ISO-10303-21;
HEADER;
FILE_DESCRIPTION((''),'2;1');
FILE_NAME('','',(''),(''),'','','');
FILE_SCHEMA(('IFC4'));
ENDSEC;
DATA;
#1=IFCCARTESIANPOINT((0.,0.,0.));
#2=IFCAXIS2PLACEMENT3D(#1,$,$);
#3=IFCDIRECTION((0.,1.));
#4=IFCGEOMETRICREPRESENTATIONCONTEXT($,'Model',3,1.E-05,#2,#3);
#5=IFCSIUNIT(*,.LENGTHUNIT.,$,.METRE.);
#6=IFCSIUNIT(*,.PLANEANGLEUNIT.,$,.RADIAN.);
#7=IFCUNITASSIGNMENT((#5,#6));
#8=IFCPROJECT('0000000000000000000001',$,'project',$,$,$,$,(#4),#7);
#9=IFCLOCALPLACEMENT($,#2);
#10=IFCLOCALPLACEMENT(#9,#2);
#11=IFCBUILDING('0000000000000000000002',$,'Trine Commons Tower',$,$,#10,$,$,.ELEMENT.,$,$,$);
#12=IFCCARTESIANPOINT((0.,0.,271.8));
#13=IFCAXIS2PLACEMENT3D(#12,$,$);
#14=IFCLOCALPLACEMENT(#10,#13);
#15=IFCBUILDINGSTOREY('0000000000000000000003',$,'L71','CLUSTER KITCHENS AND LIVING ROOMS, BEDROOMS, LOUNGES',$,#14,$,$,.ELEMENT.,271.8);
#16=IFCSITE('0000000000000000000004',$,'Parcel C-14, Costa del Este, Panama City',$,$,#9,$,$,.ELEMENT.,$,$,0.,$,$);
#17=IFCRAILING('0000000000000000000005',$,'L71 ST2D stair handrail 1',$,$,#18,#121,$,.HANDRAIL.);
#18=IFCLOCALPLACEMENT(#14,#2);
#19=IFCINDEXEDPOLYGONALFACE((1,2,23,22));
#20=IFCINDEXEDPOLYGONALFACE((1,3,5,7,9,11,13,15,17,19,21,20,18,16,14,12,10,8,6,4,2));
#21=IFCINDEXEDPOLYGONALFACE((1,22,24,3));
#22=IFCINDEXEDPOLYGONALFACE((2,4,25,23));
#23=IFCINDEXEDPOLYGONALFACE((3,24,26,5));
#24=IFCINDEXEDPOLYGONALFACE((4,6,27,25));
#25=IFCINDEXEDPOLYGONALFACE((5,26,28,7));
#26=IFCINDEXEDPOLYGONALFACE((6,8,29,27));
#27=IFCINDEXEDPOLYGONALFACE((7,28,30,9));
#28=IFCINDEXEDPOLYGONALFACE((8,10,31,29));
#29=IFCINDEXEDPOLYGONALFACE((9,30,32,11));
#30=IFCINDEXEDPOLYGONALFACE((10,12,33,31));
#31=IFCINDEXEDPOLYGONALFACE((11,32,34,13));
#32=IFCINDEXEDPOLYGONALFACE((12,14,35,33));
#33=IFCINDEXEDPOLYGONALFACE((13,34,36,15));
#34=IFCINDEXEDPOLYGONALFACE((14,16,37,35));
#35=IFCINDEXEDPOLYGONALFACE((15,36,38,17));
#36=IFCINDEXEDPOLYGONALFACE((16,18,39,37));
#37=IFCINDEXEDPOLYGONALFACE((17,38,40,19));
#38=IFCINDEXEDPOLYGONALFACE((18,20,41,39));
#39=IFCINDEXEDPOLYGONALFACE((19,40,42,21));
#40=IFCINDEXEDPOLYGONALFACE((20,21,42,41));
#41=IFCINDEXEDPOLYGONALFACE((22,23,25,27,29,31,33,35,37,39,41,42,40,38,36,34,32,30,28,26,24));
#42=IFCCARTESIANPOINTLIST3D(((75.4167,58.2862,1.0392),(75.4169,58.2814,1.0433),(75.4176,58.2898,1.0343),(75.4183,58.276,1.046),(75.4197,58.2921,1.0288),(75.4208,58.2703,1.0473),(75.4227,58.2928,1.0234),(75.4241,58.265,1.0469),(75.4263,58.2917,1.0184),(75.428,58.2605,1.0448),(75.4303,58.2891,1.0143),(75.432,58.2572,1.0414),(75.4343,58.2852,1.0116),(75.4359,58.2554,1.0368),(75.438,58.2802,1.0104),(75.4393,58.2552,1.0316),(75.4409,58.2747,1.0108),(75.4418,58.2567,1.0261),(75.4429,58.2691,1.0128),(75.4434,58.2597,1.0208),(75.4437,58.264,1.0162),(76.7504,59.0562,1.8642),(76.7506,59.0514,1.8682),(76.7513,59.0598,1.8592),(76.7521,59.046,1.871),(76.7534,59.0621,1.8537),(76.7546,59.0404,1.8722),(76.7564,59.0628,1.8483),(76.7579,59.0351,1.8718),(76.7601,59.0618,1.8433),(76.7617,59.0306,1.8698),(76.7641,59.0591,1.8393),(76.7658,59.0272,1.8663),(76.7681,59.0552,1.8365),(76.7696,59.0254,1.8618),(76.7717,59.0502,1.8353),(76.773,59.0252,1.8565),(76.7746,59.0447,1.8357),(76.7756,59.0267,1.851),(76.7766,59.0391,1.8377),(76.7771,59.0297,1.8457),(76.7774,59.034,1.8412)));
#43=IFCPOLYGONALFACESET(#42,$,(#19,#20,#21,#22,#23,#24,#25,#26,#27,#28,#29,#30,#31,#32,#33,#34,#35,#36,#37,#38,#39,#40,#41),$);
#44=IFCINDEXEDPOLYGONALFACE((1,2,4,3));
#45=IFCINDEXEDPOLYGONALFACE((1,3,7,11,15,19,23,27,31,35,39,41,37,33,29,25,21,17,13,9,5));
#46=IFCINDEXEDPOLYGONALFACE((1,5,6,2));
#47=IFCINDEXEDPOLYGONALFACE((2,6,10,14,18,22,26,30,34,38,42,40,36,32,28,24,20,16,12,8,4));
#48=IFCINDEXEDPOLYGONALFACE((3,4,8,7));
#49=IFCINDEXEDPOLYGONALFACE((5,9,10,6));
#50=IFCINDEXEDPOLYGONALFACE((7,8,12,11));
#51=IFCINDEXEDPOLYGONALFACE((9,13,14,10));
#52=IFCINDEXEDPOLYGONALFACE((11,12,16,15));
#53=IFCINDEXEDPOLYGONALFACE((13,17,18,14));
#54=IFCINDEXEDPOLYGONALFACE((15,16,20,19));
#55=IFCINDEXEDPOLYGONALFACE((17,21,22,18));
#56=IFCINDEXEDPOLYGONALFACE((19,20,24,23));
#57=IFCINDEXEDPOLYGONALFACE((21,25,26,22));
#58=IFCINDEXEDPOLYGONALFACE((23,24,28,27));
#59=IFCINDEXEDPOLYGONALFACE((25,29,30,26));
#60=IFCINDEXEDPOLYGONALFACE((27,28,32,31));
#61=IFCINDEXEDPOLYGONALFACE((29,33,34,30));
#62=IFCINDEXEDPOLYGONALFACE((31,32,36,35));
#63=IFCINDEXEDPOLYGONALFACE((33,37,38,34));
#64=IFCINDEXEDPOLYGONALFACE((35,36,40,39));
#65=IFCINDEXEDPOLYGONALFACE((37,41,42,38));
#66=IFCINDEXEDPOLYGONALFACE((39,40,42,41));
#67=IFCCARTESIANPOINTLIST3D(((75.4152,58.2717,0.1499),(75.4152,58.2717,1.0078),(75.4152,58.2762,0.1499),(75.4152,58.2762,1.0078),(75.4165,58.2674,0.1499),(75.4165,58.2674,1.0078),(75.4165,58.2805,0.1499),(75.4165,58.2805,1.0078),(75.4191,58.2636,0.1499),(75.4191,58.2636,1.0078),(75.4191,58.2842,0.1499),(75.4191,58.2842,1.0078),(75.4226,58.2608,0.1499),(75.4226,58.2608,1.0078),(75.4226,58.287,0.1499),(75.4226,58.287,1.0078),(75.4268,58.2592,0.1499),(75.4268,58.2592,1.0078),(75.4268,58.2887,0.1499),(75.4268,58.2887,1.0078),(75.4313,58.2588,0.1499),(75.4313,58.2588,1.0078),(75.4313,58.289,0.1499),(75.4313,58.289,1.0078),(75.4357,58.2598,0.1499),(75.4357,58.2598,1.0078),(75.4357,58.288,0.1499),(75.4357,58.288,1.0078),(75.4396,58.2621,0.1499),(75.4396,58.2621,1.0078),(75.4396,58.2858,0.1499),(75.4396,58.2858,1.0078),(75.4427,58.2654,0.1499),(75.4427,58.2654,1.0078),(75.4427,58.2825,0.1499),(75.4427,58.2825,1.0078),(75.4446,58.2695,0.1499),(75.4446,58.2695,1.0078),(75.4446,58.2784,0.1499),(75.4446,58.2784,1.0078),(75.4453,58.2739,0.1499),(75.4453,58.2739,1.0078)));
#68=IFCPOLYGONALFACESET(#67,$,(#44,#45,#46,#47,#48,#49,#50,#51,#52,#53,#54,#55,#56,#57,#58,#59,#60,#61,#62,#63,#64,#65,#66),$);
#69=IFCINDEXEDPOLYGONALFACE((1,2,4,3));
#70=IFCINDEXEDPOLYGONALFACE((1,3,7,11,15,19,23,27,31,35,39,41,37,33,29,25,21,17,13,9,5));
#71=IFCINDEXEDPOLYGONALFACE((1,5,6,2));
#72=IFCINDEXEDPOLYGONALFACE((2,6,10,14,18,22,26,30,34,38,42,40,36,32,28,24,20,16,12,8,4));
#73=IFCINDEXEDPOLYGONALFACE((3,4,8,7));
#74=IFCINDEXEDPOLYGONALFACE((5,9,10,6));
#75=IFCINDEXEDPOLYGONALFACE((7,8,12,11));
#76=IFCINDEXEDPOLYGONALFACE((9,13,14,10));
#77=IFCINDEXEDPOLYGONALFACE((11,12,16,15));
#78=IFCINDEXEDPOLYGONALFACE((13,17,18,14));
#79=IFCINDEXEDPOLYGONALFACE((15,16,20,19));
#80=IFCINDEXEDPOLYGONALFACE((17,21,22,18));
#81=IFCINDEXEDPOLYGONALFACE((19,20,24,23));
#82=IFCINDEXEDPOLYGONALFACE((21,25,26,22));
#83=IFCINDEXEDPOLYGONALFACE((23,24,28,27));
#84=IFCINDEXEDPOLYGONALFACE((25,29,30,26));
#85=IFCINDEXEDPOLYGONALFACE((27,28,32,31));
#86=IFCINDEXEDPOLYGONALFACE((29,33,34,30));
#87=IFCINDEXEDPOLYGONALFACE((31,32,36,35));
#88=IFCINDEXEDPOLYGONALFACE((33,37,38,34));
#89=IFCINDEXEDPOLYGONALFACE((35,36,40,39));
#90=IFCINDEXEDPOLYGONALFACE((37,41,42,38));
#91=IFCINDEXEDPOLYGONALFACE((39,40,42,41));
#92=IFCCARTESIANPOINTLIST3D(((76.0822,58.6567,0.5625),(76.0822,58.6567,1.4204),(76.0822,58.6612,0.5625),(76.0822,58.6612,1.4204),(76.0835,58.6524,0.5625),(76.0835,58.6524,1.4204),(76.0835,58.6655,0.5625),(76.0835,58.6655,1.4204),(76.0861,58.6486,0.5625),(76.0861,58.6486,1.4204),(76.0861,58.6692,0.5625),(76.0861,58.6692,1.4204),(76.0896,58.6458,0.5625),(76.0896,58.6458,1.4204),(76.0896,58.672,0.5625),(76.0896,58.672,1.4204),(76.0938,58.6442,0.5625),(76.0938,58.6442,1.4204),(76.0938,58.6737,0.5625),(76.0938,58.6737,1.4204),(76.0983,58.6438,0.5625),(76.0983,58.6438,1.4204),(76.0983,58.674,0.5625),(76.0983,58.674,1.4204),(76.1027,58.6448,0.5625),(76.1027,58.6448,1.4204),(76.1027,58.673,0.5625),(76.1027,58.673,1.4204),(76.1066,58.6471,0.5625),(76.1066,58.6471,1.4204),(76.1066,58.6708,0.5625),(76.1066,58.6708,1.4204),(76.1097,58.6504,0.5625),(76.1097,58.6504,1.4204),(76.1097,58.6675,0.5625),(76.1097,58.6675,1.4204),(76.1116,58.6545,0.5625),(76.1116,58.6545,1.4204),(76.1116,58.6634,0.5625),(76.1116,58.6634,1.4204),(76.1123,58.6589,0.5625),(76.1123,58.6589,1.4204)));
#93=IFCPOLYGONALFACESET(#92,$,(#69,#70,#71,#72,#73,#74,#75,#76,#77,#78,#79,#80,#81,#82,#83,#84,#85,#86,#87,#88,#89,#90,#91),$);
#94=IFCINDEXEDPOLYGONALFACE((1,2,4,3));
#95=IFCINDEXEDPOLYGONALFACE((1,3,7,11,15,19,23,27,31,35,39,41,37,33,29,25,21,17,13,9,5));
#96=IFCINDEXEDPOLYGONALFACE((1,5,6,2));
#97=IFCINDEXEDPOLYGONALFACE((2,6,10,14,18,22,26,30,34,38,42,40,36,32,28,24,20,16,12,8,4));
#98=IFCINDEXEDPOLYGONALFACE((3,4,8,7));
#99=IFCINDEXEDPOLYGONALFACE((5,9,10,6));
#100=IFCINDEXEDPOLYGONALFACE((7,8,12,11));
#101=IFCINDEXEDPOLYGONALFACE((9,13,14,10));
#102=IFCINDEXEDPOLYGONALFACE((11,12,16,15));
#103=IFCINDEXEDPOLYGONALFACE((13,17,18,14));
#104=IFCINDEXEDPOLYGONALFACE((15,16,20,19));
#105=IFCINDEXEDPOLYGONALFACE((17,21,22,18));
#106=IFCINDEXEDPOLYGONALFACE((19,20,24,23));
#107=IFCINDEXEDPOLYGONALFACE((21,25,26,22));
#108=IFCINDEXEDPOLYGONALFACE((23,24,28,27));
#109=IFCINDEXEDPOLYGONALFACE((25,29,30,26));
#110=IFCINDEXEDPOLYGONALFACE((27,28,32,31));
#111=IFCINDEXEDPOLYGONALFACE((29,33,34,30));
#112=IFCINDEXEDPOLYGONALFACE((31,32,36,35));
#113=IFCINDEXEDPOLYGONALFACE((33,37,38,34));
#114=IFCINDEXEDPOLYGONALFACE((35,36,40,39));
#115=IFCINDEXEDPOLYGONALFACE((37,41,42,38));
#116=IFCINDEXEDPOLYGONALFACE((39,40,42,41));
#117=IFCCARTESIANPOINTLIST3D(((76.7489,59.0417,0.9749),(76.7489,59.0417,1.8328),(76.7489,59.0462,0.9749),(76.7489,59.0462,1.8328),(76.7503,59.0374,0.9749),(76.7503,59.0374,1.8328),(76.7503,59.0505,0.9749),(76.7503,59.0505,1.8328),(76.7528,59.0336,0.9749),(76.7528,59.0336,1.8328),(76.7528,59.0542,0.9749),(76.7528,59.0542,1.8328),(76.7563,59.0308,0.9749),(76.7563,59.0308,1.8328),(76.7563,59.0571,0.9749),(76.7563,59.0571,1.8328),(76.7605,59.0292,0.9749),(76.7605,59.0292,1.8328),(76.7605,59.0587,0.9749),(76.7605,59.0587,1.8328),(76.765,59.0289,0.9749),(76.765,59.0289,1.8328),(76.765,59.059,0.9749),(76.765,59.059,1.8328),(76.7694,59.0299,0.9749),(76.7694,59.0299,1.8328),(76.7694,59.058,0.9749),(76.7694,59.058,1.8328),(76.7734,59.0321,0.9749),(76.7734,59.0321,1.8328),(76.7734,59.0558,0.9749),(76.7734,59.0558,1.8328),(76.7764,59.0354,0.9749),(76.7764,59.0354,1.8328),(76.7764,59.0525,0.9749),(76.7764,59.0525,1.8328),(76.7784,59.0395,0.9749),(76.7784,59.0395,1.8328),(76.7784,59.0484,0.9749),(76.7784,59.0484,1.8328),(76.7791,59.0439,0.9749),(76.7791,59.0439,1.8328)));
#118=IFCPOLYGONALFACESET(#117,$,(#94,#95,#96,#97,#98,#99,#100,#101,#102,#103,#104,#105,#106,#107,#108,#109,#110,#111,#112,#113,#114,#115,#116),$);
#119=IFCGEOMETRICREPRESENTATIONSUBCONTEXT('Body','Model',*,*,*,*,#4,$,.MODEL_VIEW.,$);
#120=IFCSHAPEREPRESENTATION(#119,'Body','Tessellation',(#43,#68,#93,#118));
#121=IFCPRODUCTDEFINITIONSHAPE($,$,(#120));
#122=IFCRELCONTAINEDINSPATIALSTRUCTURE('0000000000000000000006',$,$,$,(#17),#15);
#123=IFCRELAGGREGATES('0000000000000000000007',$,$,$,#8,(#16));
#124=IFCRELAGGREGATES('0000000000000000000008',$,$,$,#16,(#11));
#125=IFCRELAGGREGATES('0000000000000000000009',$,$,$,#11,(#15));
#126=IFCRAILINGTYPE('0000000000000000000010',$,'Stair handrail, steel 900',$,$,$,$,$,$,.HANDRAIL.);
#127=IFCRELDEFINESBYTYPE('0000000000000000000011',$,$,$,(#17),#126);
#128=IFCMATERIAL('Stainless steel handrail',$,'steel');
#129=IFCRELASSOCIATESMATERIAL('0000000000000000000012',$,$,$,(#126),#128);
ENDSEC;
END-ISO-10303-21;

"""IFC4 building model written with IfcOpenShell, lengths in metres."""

from ifc_helpers import new_model, si_unit, direction, frame, origin, origin_2d, place, context, subcontext, project, spatial, circle, extrude, material, type_object, element, save


model = new_model("IFC4")

# Units and contexts
model_context = context("Model", 3, precision=1e-05, world=origin(), true_north=direction((0.0, 1.0)))
body_context = subcontext(model_context, "Body", "Model", "MODEL_VIEW")
ifc_project = project(units=[si_unit("LENGTHUNIT", "METRE"), si_unit("PLANEANGLEUNIT", "RADIAN")], contexts=[model_context])

# Site, building, storey
site_placement = place(None, origin())
site = spatial("IfcSite", under=ifc_project, at=site_placement, Name="Parcel C-14, Costa del Este, Panama City", CompositionType="ELEMENT", RefElevation=0.0)
building_placement = place(site_placement, origin())
building = spatial("IfcBuilding", under=site, at=building_placement, Name="Trine Commons Tower", CompositionType="ELEMENT")
storey_placement = place(building_placement, frame((0.0, 0.0, 271.8)))
storey = spatial("IfcBuildingStorey", under=building, at=storey_placement, Name="L71", Description="CLUSTER KITCHENS AND LIVING ROOMS, BEDROOMS, LOUNGES", CompositionType="ELEMENT", Elevation=271.8)

# Railing
ifc_material_1 = material(Name="Stainless steel handrail", Category="steel")
railing_type = type_object("IfcRailingType", Name="Stair handrail, steel 900", PredefinedType="HANDRAIL", material=ifc_material_1)
railing_placement = place(storey_placement, frame((75.4302, 58.2739, 0.1499)))
element("IfcRailing", 1, at=railing_placement, inside=storey, type_object=railing_type, Name="L71 ST2D stair handrail 1", PredefinedType="HANDRAIL", context=body_context, shape_type="SweptSolid", body=[
    extrude(circle(Radius=0.021, at=origin_2d()), frame((0.0, 0.0, 0.8789), z_axis=(0.763405, 0.440743, 0.472185), x_axis=(-0.499992, 0.86603, 0.0)), (0.0, 0.0, 1.0), 1.7471),
    extrude(circle(Radius=0.0151, at=origin_2d()), origin(), (0.0, 0.0, 1.0), 0.8579),
    extrude(circle(Radius=0.0151, at=origin_2d()), frame((0.667, 0.385, 0.4126)), (0.0, 0.0, 1.0), 0.8579),
    extrude(circle(Radius=0.0151, at=origin_2d()), frame((1.3337, 0.77, 0.825)), (0.0, 0.0, 1.0), 0.8579),
])

save(model, "model.ifc")
